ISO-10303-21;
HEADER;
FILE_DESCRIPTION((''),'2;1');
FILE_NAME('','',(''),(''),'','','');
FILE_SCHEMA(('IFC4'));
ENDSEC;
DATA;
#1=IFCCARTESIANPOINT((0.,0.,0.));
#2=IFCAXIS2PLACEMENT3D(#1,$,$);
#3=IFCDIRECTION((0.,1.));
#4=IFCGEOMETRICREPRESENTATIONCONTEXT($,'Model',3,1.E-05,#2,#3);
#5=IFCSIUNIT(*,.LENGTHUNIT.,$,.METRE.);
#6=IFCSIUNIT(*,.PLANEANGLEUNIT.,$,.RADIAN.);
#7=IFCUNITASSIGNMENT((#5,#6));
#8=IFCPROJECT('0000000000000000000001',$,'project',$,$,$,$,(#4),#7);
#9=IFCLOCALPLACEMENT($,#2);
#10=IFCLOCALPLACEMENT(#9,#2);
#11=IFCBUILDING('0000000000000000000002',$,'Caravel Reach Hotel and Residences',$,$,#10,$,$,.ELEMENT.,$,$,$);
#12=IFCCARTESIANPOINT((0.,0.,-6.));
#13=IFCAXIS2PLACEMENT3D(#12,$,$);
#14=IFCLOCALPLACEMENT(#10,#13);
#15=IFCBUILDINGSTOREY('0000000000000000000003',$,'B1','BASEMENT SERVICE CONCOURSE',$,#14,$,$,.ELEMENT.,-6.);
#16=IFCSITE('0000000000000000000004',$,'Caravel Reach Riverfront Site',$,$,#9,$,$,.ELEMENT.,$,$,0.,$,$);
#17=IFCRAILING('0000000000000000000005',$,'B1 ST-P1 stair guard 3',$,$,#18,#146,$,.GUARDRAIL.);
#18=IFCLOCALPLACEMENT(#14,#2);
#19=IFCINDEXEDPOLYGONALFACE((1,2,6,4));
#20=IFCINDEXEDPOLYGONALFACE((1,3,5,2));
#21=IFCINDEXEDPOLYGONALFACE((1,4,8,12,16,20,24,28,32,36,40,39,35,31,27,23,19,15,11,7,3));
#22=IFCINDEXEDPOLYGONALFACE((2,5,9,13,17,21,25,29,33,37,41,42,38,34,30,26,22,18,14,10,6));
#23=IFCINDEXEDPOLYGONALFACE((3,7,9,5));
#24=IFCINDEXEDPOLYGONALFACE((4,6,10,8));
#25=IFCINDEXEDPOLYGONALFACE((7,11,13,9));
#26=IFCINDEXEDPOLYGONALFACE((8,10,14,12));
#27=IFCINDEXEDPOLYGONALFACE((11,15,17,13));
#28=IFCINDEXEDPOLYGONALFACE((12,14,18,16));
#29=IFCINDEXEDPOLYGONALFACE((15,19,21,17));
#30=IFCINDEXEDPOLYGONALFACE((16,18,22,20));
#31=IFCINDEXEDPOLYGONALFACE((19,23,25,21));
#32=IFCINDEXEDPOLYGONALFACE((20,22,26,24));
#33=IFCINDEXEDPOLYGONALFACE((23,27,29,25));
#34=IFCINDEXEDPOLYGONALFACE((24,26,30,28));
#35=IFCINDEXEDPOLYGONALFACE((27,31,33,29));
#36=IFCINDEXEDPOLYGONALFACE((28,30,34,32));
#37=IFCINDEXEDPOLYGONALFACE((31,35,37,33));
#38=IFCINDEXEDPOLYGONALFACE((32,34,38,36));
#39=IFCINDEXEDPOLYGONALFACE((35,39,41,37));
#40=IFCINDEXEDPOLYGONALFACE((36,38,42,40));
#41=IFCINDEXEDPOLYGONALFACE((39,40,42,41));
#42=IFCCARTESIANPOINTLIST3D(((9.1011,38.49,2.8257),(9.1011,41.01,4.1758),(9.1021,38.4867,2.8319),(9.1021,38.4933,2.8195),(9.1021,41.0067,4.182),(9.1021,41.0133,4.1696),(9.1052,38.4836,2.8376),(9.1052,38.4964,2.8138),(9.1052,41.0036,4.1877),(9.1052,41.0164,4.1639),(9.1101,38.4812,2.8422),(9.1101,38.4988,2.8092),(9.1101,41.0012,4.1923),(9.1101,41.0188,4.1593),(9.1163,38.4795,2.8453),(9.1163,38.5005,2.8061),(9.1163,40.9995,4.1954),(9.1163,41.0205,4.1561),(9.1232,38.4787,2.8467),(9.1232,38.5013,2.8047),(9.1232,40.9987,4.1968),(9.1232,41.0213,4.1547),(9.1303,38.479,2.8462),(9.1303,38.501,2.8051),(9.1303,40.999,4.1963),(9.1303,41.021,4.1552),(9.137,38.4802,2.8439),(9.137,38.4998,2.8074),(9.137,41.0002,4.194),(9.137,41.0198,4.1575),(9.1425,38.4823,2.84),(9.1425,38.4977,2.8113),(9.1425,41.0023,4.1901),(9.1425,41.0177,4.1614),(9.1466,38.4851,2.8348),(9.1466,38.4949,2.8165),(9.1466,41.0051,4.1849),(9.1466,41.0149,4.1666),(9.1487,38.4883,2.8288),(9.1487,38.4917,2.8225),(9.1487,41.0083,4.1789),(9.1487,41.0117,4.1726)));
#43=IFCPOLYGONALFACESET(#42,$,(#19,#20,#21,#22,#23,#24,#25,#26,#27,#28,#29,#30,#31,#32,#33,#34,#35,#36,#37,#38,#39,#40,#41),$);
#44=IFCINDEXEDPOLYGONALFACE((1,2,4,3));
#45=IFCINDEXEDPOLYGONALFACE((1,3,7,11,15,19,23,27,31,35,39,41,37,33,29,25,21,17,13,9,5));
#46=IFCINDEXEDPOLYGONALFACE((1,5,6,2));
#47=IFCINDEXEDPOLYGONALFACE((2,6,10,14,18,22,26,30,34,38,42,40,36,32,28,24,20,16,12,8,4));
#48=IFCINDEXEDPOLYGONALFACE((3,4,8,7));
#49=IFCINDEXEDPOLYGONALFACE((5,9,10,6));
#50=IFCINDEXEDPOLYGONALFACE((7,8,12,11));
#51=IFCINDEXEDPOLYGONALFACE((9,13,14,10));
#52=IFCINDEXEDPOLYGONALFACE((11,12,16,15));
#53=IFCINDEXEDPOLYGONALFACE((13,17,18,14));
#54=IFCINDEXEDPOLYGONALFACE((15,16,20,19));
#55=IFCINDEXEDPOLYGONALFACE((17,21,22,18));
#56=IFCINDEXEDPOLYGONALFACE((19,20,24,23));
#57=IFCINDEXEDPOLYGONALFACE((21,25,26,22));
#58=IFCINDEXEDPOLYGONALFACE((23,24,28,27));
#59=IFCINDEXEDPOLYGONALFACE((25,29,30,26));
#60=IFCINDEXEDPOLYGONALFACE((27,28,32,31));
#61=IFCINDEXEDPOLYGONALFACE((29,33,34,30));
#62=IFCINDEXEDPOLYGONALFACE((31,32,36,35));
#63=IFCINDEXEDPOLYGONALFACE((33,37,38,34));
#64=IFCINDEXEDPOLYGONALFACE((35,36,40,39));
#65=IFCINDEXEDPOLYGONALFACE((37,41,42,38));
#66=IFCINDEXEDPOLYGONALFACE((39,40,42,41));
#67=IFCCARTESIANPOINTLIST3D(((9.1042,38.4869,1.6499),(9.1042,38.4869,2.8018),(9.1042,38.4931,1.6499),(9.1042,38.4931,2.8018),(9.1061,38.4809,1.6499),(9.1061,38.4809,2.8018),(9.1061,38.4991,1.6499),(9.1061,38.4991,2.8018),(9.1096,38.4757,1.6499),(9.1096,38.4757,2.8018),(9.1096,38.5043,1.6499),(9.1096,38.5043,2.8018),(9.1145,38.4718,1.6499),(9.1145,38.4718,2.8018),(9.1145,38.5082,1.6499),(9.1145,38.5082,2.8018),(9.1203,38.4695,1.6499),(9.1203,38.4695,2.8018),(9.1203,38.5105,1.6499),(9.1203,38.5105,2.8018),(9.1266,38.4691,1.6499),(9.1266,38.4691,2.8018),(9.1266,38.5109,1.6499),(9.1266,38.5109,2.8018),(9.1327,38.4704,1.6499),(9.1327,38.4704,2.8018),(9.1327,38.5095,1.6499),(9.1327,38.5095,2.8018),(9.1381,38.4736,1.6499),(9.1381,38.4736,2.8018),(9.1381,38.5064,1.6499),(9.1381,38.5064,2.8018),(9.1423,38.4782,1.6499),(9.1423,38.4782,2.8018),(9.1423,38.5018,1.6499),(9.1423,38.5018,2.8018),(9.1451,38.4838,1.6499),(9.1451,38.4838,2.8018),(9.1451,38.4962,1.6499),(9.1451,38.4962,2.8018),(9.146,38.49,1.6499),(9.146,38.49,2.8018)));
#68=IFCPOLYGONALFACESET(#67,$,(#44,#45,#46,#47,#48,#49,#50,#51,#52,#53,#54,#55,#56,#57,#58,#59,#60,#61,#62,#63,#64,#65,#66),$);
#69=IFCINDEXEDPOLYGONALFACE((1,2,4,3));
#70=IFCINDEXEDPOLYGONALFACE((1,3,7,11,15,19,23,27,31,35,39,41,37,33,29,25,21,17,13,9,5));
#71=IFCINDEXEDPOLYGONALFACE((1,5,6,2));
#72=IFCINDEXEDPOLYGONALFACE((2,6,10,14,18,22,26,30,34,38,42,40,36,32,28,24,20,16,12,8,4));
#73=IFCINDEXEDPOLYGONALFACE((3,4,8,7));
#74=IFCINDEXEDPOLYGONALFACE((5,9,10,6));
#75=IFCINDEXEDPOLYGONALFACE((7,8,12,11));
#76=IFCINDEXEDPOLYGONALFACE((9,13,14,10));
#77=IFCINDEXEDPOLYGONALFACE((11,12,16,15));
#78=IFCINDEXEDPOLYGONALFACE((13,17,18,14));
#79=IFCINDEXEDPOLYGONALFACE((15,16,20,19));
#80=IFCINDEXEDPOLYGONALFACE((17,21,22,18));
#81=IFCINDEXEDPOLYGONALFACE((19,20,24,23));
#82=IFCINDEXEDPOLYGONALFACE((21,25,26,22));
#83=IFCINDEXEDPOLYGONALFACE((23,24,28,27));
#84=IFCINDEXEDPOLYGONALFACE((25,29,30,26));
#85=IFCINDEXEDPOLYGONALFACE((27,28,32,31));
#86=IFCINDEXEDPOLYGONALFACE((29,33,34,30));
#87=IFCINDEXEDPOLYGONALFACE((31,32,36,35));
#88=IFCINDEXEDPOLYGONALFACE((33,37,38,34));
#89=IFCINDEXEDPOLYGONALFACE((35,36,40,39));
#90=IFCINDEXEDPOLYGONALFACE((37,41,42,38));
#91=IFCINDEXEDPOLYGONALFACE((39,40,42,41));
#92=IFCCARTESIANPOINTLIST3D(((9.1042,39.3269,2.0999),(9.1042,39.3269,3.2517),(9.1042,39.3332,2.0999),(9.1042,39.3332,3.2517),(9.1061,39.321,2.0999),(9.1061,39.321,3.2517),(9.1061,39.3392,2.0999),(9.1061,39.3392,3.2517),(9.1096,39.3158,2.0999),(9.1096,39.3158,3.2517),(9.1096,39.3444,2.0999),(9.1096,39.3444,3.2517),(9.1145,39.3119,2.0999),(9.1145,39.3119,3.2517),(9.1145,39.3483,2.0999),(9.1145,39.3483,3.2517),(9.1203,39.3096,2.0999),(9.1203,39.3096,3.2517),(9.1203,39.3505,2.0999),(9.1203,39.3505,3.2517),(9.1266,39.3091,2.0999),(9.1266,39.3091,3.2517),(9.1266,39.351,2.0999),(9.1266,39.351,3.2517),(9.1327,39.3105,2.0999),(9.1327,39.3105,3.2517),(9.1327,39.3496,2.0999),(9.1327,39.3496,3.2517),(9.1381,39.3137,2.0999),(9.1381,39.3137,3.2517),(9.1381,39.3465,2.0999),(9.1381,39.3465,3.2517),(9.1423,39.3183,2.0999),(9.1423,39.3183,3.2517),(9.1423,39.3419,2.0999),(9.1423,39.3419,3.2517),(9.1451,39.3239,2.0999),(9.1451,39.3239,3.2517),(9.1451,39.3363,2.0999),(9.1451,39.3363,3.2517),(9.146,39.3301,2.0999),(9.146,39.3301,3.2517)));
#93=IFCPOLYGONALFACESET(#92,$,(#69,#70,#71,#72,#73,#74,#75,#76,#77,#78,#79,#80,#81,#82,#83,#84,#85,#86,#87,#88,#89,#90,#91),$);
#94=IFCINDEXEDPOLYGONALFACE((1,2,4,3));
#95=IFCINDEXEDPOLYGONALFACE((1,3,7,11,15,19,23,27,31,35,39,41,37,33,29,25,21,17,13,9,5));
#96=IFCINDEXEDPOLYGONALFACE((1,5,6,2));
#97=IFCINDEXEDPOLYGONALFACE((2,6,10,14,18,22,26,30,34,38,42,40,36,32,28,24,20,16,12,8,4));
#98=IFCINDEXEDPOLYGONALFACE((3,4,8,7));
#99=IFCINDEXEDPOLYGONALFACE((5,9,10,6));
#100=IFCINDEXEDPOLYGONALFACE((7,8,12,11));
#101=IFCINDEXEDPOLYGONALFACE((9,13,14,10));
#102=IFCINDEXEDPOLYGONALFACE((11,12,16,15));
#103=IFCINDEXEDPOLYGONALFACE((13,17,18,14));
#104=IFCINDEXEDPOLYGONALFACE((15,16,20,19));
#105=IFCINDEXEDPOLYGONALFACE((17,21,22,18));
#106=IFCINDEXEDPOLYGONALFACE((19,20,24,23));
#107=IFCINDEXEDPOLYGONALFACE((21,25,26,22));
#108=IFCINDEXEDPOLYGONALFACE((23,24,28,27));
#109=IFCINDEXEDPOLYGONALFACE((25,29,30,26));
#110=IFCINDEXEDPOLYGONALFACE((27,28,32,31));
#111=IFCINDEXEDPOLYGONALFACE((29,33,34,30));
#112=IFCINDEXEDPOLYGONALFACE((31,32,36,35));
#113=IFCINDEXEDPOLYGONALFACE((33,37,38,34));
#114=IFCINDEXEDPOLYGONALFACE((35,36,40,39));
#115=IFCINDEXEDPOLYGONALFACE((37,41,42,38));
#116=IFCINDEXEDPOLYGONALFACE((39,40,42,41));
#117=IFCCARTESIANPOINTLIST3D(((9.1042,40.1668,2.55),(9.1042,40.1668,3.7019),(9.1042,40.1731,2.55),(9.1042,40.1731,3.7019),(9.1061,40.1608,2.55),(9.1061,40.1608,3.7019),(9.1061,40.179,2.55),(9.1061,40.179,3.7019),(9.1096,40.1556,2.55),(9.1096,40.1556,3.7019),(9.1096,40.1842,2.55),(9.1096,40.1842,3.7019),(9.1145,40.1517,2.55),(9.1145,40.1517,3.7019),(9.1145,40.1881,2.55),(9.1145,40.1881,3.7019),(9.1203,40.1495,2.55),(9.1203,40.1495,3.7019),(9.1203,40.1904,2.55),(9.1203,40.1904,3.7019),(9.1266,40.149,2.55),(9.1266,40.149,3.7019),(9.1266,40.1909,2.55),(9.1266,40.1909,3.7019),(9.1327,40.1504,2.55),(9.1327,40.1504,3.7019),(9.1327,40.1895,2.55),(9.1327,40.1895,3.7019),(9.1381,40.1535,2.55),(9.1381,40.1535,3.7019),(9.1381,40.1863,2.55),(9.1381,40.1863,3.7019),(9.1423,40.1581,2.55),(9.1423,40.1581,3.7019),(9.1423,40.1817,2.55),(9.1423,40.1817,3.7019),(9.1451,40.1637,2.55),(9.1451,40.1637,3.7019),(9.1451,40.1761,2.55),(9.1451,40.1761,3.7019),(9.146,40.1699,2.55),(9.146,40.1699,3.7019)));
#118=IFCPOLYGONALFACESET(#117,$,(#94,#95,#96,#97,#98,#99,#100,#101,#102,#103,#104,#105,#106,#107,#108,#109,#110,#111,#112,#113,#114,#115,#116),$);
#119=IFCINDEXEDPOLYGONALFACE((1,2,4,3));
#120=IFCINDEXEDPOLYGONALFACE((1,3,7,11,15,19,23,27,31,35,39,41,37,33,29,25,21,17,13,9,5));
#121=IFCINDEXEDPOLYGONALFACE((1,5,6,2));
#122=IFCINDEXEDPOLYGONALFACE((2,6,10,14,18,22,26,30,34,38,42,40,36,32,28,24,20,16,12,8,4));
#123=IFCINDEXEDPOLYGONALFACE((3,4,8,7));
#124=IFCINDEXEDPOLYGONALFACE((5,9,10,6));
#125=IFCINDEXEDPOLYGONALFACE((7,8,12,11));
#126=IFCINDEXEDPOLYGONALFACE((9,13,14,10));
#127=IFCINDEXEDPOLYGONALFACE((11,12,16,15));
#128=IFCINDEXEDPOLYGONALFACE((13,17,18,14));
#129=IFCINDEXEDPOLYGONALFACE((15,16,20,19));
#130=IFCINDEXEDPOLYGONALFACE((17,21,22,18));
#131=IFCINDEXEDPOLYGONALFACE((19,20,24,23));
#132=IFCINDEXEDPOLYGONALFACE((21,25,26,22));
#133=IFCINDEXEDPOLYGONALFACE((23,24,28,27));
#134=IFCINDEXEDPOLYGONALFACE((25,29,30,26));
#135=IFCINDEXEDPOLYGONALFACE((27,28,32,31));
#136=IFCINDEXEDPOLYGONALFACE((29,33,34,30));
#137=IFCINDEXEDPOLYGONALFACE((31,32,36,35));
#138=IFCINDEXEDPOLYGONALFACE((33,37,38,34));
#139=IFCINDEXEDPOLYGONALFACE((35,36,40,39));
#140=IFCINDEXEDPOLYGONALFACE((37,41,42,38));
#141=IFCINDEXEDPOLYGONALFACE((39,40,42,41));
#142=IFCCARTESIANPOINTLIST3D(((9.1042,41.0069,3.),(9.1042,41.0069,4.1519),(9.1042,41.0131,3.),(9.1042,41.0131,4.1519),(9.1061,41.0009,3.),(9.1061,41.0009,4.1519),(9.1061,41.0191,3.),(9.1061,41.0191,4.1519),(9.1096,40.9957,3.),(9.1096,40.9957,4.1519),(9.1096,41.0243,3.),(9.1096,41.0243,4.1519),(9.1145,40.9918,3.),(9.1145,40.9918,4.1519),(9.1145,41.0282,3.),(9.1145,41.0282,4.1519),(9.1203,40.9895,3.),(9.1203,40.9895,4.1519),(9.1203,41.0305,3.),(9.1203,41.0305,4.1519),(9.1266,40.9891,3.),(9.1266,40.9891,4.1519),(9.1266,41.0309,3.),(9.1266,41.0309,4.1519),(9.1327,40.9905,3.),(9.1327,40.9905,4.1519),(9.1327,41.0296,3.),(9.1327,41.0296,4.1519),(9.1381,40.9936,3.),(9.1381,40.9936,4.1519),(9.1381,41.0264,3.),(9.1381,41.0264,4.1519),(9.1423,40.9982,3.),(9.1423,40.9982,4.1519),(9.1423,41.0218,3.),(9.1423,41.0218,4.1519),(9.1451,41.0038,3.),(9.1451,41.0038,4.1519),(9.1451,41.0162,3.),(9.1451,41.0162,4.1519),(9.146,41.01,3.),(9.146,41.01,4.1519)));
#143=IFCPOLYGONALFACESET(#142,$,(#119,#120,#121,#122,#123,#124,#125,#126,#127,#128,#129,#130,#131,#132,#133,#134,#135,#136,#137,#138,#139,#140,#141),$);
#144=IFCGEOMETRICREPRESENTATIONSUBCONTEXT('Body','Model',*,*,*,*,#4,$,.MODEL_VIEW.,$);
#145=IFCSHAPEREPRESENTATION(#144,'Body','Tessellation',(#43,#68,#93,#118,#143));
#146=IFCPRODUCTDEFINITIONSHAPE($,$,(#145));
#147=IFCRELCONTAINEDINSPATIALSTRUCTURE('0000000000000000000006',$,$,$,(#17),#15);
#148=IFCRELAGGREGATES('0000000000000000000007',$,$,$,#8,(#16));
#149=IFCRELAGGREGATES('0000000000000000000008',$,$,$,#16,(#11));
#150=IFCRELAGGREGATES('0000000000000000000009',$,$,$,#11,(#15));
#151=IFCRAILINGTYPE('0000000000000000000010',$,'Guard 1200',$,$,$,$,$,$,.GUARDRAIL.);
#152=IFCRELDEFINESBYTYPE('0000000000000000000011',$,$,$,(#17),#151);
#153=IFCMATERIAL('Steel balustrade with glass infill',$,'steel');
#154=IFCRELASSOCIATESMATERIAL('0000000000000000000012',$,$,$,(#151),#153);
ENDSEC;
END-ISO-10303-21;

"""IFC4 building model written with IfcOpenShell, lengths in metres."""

from ifc_helpers import new_model, si_unit, direction, frame, origin, origin_2d, place, context, subcontext, project, spatial, circle, extrude, material, type_object, element, save


model = new_model("IFC4")

# Units and contexts
model_context = context("Model", 3, precision=1e-05, world=origin(), true_north=direction((0.0, 1.0)))
body_context = subcontext(model_context, "Body", "Model", "MODEL_VIEW")
ifc_project = project(units=[si_unit("LENGTHUNIT", "METRE"), si_unit("PLANEANGLEUNIT", "RADIAN")], contexts=[model_context])

# Site, building, storey
site_placement = place(None, origin())
site = spatial("IfcSite", under=ifc_project, at=site_placement, Name="Caravel Reach Riverfront Site", CompositionType="ELEMENT", RefElevation=0.0)
building_placement = place(site_placement, origin())
building = spatial("IfcBuilding", under=site, at=building_placement, Name="Caravel Reach Hotel and Residences", CompositionType="ELEMENT")
storey_placement = place(building_placement, frame((0.0, 0.0, -6.0)))
storey = spatial("IfcBuildingStorey", under=building, at=storey_placement, Name="B1", Description="BASEMENT SERVICE CONCOURSE", CompositionType="ELEMENT", Elevation=-6.0)

# Railing
ifc_material_1 = material(Name="Steel balustrade with glass infill", Category="steel")
railing_type = type_object("IfcRailingType", Name="Guard 1200", PredefinedType="GUARDRAIL", material=ifc_material_1)
railing_1_placement = place(storey_placement, frame((9.125, 38.49, 1.6499)))
element("IfcRailing", 1, at=railing_1_placement, inside=storey, type_object=railing_type, Name="B1 ST-P1 stair guard 3", PredefinedType="GUARDRAIL", context=body_context, shape_type="SweptSolid", body=[
    extrude(circle(Radius=0.0239, at=origin_2d()), frame((0.0, 0.0, 1.1758), z_axis=(0.0, 0.881467, 0.472245), x_axis=(-1.0, 0.0, 0.0)), (0.0, 0.0, 1.0), 2.8589),
    extrude(circle(Radius=0.021, at=origin_2d()), origin(), (0.0, 0.0, 1.0), 1.1519),
    extrude(circle(Radius=0.021, at=origin_2d()), frame((0.0, 0.8401, 0.45)), (0.0, 0.0, 1.0), 1.1519),
    extrude(circle(Radius=0.021, at=origin_2d()), frame((0.0, 1.6799, 0.9001)), (0.0, 0.0, 1.0), 1.1519),
    extrude(circle(Radius=0.021, at=origin_2d()), frame((0.0, 2.52, 1.3501)), (0.0, 0.0, 1.0), 1.1519),
])

save(model, "model.ifc")
